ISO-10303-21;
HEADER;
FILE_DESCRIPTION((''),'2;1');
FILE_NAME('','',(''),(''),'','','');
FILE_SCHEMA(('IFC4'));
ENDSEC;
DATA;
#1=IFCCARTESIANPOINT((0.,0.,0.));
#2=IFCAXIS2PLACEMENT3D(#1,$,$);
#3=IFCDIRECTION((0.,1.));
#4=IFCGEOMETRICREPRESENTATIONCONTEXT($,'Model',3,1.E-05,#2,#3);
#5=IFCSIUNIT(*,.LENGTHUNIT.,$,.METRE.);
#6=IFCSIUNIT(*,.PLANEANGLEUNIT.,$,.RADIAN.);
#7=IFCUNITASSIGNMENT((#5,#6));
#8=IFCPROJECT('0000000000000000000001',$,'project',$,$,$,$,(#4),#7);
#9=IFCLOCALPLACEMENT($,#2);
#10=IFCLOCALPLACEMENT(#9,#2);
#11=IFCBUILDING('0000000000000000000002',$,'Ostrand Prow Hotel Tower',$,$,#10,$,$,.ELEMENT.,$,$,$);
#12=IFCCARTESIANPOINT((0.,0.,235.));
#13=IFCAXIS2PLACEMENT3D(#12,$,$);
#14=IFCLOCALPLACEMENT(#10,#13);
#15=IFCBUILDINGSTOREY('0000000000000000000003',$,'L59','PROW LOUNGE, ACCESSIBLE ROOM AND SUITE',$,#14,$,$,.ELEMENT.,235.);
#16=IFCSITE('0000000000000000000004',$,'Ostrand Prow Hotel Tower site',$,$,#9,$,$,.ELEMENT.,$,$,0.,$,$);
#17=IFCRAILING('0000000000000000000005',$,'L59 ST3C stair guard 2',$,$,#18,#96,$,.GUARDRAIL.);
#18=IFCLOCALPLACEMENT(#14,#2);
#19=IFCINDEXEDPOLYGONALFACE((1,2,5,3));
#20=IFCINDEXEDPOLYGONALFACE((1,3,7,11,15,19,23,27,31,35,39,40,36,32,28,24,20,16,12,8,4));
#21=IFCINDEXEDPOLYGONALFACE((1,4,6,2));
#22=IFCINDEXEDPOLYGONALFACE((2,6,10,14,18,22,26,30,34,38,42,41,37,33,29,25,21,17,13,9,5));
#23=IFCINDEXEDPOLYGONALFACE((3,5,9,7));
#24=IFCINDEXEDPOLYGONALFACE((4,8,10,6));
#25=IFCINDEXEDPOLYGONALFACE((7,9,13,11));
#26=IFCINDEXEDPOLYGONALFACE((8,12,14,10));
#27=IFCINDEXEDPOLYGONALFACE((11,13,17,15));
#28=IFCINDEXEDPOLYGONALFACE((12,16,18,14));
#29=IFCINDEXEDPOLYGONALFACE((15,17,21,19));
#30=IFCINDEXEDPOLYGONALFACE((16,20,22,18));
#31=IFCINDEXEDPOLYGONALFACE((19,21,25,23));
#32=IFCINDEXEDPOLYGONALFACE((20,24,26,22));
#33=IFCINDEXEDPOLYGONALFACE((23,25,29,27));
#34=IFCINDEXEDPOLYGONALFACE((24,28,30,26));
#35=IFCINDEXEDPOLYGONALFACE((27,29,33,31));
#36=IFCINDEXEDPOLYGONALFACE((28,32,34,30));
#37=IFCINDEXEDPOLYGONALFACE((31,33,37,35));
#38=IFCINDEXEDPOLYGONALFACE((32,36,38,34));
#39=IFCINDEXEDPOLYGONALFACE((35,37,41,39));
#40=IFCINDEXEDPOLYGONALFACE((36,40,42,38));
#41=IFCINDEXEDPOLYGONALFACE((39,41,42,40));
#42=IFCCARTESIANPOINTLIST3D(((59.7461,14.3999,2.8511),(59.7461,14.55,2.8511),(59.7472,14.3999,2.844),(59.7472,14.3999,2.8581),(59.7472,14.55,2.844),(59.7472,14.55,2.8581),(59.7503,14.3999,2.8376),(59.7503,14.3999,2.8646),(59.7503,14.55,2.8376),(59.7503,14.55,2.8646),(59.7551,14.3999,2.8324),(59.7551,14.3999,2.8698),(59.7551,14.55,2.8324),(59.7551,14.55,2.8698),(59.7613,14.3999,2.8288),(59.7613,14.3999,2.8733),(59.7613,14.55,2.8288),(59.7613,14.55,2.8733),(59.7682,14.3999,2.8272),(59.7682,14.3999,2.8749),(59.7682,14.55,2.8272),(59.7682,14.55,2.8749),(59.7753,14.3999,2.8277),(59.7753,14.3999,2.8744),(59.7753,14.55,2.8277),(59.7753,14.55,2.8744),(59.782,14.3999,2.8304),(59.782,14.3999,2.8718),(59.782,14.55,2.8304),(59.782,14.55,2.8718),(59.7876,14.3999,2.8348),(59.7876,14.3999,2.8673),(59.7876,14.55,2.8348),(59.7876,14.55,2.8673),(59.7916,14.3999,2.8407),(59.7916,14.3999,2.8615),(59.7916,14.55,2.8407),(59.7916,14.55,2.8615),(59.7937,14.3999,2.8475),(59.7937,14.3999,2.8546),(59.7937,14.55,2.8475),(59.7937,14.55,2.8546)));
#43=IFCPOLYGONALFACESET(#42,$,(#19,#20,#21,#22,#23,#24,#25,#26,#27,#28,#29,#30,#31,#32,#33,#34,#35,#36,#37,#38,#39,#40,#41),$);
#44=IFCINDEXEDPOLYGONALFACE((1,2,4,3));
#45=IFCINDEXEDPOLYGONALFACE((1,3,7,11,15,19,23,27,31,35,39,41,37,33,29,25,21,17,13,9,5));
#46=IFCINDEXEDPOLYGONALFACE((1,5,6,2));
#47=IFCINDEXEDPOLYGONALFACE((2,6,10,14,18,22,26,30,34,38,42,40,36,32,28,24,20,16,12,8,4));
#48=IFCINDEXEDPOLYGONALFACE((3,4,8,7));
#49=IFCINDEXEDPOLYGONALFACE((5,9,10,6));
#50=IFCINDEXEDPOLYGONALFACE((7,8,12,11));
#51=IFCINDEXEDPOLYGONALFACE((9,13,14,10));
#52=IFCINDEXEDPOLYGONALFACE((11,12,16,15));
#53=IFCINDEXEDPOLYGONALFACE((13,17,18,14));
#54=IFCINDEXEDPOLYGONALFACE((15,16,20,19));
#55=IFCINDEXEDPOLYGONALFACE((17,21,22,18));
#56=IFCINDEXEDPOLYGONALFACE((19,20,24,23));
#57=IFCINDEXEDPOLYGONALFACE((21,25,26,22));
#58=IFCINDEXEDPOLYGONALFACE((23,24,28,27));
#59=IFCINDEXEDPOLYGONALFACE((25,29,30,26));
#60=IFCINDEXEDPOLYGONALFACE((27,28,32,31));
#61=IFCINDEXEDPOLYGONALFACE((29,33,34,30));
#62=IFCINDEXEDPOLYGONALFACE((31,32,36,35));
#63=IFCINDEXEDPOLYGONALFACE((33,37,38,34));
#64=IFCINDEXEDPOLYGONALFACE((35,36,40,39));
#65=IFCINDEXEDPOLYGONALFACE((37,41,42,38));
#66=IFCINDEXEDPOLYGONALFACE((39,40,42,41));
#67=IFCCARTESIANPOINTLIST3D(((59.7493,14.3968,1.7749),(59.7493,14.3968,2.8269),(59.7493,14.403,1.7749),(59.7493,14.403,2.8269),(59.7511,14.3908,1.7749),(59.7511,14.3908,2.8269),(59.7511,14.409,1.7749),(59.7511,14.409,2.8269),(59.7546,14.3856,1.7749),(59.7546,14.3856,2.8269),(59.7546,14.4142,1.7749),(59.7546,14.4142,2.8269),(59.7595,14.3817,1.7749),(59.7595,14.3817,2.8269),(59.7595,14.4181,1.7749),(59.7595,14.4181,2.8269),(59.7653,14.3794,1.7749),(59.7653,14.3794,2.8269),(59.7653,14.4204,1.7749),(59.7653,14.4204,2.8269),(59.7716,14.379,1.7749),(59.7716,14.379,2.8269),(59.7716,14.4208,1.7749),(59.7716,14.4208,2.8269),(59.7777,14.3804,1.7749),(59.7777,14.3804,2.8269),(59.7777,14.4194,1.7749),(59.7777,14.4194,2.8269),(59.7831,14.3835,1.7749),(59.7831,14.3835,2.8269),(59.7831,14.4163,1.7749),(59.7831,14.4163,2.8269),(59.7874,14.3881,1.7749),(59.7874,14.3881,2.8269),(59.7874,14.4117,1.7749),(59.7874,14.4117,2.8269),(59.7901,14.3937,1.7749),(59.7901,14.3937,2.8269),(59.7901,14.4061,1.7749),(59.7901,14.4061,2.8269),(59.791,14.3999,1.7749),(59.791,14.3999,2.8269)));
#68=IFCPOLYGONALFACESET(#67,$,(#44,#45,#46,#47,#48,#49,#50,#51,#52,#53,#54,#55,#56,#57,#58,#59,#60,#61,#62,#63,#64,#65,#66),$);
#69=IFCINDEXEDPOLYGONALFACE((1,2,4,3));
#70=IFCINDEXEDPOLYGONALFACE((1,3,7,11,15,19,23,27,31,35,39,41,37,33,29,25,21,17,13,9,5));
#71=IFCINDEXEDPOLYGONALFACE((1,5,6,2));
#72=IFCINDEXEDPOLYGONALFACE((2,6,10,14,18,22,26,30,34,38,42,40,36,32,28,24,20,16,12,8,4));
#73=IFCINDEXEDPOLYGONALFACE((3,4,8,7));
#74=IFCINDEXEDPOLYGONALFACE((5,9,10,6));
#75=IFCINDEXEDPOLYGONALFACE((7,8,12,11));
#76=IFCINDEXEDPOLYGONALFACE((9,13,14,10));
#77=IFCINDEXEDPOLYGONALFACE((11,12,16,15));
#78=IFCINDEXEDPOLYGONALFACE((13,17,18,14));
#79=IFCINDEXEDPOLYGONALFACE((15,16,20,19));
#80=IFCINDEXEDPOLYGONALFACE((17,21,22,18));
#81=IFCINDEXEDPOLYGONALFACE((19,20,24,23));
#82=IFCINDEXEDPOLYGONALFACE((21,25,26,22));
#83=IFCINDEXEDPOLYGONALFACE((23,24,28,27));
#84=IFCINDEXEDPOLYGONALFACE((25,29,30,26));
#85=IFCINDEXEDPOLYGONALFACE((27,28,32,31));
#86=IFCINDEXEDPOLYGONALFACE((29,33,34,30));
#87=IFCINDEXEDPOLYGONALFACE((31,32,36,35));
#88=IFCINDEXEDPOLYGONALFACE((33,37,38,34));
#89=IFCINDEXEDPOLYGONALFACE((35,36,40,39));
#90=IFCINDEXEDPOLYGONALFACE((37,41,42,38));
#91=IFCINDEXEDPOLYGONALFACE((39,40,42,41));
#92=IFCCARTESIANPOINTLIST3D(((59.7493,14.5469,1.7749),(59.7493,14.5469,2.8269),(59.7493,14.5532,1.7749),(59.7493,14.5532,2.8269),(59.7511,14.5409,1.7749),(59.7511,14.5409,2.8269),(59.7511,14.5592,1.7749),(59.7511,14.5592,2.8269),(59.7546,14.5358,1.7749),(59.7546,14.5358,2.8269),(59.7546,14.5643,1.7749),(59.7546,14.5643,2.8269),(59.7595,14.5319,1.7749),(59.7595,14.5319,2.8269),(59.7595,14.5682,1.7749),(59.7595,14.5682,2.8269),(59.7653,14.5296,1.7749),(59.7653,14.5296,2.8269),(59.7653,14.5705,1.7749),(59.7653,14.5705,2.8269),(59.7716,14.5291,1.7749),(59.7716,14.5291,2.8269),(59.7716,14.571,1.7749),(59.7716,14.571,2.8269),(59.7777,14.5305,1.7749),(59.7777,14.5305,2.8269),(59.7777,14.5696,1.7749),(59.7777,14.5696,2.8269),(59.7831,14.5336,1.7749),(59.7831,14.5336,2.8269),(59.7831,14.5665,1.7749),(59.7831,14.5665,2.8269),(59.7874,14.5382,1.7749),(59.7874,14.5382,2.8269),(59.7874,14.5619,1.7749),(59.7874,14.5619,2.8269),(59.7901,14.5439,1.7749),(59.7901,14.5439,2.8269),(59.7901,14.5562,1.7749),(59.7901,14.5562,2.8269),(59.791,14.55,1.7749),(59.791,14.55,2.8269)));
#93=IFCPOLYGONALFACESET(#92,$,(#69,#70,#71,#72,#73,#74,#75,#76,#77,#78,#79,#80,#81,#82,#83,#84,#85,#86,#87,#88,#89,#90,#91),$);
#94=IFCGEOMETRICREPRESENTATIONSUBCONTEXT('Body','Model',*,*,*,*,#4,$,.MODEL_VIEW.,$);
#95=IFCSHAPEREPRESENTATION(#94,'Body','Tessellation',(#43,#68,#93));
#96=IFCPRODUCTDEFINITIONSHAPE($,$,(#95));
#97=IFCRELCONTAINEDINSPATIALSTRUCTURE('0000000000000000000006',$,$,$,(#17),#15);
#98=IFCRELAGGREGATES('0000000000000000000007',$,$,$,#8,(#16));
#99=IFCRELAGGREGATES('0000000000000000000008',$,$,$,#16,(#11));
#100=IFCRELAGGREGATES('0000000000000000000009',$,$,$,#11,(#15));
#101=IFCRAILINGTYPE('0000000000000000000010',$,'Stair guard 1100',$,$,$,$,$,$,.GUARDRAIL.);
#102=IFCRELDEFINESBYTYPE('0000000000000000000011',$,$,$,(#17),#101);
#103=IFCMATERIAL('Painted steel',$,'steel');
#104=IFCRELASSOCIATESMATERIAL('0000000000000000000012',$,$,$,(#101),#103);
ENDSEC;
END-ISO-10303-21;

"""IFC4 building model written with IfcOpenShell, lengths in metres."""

from ifc_helpers import new_model, si_unit, direction, frame, origin, origin_2d, place, context, subcontext, project, spatial, circle, extrude, material, type_object, element, save


model = new_model("IFC4")

# Units and contexts
model_context = context("Model", 3, precision=1e-05, world=origin(), true_north=direction((0.0, 1.0)))
body_context = subcontext(model_context, "Body", "Model", "MODEL_VIEW")
ifc_project = project(units=[si_unit("LENGTHUNIT", "METRE"), si_unit("PLANEANGLEUNIT", "RADIAN")], contexts=[model_context])

# Site, building, storey
site_placement = place(None, origin())
site = spatial("IfcSite", under=ifc_project, at=site_placement, Name="Ostrand Prow Hotel Tower site", CompositionType="ELEMENT", RefElevation=0.0)
building_placement = place(site_placement, origin())
building = spatial("IfcBuilding", under=site, at=building_placement, Name="Ostrand Prow Hotel Tower", CompositionType="ELEMENT")
storey_placement = place(building_placement, frame((0.0, 0.0, 235.0)))
storey = spatial("IfcBuildingStorey", under=building, at=storey_placement, Name="L59", Description="PROW LOUNGE, ACCESSIBLE ROOM AND SUITE", CompositionType="ELEMENT", Elevation=235.0)

# Railing
ifc_material_1 = material(Name="Painted steel", Category="steel")
railing_type_1 = type_object("IfcRailingType", Name="Stair guard 1100", PredefinedType="GUARDRAIL", material=ifc_material_1)
railing_1_placement = place(storey_placement, frame((59.77, 14.3999, 1.7749)))
element("IfcRailing", 1, at=railing_1_placement, inside=storey, type_object=railing_type_1, Name="L59 ST3C stair guard 2", PredefinedType="GUARDRAIL", context=body_context, shape_type="SweptSolid", body=[
    extrude(circle(Radius=0.0239, at=origin_2d()), frame((0.0, 0.0, 1.0762), z_axis=(0.0, 1.0, 0.0), x_axis=(-1.0, 0.0, 0.0)), (0.0, 0.0, 1.0), 0.1501),
    extrude(circle(Radius=0.021, at=origin_2d()), origin(), (0.0, 0.0, 1.0), 1.052),
    extrude(circle(Radius=0.021, at=origin_2d()), frame((0.0, 0.1501, 0.0)), (0.0, 0.0, 1.0), 1.052),
])

save(model, "model.ifc")
